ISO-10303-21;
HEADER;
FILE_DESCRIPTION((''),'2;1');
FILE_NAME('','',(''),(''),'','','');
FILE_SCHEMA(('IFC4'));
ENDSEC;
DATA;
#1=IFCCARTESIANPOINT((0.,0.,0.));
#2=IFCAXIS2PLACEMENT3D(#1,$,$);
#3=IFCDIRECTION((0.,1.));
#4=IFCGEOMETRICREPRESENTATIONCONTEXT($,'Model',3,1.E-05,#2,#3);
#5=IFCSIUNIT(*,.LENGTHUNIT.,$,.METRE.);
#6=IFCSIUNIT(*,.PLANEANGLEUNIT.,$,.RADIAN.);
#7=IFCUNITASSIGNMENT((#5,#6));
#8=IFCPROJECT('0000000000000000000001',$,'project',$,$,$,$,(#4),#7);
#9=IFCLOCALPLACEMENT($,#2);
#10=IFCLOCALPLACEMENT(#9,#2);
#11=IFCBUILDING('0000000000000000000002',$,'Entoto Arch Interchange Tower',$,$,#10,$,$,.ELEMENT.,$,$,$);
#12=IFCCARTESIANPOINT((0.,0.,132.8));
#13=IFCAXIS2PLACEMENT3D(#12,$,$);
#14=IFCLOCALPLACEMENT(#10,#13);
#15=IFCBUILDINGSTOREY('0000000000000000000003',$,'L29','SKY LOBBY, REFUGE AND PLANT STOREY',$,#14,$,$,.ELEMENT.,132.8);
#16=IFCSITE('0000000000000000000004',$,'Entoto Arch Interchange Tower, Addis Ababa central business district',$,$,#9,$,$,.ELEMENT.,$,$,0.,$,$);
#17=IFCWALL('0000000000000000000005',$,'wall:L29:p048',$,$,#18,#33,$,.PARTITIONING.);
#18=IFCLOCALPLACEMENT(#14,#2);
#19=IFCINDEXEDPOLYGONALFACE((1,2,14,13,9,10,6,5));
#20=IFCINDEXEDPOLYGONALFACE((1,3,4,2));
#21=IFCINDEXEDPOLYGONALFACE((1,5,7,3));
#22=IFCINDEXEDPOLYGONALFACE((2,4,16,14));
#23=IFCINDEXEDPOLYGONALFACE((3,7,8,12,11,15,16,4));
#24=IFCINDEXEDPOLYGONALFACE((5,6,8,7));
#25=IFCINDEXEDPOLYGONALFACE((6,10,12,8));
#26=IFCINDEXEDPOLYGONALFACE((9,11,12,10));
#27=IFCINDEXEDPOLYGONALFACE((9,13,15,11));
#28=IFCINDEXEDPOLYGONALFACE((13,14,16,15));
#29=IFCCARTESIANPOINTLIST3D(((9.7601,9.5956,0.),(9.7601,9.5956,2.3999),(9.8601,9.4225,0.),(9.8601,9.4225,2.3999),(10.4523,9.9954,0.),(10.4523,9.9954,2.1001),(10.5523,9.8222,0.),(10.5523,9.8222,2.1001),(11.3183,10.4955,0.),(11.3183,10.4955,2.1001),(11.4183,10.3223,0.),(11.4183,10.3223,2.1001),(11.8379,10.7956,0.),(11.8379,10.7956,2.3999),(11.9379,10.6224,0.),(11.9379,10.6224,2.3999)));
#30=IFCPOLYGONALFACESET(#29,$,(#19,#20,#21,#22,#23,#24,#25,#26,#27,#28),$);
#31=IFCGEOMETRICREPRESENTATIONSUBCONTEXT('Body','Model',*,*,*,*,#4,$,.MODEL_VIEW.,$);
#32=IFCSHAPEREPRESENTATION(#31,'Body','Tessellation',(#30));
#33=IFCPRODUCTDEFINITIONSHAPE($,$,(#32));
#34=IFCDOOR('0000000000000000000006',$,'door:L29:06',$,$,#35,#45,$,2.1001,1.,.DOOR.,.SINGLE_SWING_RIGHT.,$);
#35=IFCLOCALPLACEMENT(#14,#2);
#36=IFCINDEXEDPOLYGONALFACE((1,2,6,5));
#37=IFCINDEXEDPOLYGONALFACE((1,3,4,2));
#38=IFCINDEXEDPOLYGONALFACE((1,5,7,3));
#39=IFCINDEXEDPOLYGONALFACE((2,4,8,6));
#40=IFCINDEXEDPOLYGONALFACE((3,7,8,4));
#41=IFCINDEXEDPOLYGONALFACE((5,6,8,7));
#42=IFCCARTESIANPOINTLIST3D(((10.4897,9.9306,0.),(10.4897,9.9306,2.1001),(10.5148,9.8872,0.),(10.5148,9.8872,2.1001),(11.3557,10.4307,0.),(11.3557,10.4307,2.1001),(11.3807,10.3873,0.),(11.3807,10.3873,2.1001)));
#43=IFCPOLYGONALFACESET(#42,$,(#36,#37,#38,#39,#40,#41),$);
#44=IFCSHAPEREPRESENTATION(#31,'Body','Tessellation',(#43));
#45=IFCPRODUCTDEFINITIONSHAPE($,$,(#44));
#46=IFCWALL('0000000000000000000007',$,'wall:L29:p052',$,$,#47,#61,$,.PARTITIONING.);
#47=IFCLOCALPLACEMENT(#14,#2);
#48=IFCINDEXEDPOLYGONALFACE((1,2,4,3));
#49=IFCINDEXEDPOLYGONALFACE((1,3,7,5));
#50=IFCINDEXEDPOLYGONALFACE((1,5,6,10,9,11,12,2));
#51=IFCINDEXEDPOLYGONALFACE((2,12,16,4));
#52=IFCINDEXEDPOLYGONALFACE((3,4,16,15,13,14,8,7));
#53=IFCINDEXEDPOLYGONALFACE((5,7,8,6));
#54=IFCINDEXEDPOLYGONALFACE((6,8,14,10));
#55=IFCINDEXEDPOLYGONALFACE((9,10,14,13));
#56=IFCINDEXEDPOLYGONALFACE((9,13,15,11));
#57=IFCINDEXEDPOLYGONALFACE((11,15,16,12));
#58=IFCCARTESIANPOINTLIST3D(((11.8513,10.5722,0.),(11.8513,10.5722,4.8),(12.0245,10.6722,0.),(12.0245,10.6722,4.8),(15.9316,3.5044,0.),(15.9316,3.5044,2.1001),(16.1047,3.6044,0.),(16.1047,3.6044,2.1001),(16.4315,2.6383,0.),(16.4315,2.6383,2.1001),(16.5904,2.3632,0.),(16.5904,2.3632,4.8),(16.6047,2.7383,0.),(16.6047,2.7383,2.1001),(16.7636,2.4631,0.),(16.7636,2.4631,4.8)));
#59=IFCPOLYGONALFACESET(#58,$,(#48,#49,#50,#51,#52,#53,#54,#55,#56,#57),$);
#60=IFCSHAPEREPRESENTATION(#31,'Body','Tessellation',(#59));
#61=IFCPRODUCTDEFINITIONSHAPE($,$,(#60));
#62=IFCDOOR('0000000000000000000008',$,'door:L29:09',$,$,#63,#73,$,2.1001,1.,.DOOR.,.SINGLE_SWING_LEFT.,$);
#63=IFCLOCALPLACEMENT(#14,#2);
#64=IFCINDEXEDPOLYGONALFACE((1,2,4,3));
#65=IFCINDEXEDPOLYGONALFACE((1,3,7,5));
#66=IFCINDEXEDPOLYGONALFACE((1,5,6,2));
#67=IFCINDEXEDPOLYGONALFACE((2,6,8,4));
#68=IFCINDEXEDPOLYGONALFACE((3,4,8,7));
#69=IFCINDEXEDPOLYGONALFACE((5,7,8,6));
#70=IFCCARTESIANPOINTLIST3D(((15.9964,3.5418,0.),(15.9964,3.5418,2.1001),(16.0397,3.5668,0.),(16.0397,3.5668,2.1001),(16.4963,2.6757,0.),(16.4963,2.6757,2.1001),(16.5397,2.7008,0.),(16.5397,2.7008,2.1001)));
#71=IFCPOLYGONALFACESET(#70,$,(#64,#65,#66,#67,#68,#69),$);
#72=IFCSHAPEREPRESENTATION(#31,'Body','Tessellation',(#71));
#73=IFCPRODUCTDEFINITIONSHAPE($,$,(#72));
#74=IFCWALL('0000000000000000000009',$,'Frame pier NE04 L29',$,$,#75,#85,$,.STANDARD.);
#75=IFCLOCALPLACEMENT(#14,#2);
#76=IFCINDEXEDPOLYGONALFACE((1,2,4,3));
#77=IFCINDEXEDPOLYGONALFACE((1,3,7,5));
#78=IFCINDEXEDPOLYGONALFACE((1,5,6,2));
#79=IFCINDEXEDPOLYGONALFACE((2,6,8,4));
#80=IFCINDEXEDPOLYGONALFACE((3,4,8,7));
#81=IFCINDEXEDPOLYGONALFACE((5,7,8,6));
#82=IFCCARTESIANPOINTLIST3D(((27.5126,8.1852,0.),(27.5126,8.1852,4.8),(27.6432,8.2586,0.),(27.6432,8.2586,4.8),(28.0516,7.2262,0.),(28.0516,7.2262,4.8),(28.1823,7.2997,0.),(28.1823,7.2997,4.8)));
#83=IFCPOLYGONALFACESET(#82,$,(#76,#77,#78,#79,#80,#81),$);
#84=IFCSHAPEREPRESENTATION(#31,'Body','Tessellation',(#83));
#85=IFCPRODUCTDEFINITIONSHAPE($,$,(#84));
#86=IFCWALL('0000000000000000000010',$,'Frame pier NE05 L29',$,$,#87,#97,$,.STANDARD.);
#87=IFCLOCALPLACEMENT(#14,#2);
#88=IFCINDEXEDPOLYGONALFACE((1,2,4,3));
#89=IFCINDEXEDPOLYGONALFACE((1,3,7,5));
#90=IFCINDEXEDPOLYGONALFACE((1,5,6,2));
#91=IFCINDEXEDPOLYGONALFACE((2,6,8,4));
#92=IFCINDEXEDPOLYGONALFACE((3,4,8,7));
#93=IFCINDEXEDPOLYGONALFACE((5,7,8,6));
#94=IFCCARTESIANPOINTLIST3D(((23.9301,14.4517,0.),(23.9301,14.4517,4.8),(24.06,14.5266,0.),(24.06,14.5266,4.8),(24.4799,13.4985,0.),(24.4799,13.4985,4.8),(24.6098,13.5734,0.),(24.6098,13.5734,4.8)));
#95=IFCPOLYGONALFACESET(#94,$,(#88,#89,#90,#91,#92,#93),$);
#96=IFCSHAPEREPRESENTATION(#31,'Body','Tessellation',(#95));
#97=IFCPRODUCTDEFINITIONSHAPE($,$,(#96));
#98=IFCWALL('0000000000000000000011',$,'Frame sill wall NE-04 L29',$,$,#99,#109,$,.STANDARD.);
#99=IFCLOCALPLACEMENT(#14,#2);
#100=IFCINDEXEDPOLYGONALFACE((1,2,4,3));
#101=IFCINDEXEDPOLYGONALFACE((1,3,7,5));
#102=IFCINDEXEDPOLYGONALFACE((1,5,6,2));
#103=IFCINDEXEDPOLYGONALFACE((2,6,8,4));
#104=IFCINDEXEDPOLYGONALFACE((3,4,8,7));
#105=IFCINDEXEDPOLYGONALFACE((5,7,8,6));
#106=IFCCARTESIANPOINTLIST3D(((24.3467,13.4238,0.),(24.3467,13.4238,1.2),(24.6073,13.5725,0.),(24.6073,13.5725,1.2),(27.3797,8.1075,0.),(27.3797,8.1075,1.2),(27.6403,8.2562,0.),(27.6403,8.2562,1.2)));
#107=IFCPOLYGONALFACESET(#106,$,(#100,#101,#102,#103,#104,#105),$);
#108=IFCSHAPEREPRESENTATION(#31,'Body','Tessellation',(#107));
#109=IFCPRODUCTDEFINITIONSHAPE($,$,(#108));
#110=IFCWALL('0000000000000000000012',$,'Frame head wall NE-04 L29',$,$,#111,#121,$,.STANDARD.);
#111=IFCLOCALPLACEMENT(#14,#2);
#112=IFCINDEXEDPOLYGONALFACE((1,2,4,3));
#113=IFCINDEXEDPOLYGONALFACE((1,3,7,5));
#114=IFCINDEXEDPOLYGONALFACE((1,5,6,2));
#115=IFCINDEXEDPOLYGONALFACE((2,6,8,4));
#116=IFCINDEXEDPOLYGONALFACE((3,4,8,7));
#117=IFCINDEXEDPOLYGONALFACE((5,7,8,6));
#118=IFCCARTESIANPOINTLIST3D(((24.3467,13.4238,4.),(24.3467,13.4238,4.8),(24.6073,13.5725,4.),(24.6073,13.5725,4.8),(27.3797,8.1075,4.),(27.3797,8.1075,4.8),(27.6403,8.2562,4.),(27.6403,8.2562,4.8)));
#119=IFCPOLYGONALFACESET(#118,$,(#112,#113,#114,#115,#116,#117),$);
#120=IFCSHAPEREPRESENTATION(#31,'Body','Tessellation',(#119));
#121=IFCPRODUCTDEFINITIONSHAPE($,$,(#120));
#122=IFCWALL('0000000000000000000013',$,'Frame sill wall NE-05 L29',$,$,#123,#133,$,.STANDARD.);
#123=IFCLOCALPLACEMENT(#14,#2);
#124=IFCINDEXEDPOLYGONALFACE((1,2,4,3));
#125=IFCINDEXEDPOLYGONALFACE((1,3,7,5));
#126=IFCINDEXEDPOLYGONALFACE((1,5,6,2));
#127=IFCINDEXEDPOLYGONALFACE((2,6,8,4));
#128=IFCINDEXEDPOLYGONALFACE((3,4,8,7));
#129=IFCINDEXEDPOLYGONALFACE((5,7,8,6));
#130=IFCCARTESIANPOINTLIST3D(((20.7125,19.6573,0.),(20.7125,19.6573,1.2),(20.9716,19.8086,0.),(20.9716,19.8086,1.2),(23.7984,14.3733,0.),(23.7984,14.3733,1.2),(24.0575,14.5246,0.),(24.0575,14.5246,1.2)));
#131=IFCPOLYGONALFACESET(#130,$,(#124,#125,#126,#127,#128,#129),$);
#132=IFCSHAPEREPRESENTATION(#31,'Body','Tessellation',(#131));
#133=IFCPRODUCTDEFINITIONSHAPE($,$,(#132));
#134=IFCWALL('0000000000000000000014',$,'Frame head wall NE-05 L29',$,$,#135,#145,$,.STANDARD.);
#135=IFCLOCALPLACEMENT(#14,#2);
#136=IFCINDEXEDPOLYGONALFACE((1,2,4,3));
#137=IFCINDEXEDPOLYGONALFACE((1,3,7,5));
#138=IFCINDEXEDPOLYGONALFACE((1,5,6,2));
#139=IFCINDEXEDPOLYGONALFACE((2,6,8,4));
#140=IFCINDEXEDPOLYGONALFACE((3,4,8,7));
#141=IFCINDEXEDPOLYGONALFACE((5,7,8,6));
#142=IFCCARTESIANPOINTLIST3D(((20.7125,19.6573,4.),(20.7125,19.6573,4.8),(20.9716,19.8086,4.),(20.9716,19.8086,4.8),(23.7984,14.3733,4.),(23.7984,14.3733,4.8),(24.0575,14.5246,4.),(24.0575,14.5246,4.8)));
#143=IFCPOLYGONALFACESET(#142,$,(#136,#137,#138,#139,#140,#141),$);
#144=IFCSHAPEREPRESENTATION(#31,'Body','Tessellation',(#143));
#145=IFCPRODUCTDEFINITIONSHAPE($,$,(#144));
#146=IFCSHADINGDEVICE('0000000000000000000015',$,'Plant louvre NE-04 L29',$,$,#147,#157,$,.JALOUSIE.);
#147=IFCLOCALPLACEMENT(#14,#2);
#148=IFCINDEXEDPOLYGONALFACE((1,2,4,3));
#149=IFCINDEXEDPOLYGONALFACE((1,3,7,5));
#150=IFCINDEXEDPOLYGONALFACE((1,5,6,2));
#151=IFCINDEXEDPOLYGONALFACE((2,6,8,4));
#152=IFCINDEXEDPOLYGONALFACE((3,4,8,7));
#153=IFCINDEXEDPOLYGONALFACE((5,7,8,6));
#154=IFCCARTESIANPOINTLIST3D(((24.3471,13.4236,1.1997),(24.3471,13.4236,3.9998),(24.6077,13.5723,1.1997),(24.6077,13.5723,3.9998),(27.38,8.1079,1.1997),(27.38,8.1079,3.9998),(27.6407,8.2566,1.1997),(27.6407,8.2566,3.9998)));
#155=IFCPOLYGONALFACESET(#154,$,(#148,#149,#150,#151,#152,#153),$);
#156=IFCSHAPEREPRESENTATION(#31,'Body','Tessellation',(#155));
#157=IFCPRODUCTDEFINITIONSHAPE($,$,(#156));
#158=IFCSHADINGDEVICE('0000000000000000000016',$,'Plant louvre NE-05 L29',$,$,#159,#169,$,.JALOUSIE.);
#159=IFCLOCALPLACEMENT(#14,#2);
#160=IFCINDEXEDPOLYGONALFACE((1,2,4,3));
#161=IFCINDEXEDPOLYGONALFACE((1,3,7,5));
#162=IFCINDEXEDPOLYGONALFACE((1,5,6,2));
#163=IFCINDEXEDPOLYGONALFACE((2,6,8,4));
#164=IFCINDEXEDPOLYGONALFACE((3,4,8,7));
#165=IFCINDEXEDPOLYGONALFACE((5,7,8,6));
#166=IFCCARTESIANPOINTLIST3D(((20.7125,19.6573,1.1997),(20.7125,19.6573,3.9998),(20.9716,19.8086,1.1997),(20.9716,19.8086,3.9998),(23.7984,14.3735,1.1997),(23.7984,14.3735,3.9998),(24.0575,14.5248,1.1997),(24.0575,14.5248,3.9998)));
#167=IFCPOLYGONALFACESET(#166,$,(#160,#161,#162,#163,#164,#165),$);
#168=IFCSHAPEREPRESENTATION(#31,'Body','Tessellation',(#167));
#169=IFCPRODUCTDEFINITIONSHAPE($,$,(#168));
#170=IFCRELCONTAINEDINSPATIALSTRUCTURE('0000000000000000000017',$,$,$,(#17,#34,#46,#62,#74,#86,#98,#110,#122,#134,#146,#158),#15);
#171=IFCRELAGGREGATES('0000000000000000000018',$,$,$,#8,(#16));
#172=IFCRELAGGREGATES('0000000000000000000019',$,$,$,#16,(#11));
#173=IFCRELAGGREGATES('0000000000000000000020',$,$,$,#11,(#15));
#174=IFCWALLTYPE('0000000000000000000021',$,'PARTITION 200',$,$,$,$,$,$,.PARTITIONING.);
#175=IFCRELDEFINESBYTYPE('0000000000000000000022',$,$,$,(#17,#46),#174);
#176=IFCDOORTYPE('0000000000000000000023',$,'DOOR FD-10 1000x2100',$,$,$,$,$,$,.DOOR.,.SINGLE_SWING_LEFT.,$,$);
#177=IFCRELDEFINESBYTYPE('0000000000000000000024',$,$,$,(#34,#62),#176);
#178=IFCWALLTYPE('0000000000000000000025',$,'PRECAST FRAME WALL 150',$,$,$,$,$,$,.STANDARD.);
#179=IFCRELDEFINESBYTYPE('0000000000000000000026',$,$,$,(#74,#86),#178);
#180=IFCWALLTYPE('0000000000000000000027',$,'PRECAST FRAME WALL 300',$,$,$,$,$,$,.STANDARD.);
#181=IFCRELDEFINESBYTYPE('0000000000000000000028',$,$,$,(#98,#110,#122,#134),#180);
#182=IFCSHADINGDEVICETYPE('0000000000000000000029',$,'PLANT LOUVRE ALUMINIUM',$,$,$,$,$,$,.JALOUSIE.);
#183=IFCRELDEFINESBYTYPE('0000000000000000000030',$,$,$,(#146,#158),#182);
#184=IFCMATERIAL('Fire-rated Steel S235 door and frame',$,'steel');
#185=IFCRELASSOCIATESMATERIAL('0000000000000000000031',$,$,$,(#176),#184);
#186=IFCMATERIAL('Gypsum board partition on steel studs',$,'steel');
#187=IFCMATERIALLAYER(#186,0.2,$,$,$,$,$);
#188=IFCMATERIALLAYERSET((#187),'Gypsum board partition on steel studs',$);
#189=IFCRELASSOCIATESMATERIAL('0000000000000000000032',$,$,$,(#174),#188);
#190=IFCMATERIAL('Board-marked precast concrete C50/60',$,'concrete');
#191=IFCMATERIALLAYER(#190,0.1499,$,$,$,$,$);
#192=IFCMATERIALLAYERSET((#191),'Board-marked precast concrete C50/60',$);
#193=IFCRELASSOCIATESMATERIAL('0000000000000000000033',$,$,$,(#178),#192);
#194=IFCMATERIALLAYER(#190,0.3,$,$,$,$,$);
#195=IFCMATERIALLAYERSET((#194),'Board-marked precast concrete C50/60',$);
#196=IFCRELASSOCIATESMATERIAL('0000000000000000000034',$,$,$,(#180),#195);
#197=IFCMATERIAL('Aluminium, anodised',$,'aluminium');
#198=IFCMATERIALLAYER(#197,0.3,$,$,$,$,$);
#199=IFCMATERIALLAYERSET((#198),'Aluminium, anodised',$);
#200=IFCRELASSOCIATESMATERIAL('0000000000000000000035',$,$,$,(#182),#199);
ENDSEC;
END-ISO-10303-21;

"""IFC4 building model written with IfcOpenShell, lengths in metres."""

from ifc_helpers import new_model, si_unit, direction, frame, frame_2d, origin, origin_2d, place, context, subcontext, project, spatial, rectangle, extrude, material, layer, layer_set, type_object, element, fill, save


model = new_model("IFC4")

# Units and contexts
model_context = context("Model", 3, precision=1e-05, world=origin(), true_north=direction((0.0, 1.0)))
body_context = subcontext(model_context, "Body", "Model", "MODEL_VIEW")
ifc_project = project(units=[si_unit("LENGTHUNIT", "METRE"), si_unit("PLANEANGLEUNIT", "RADIAN")], contexts=[model_context])

# Site, building, storey
site_placement = place(None, origin())
site = spatial("IfcSite", under=ifc_project, at=site_placement, Name="Entoto Arch Interchange Tower, Addis Ababa central business district", CompositionType="ELEMENT", RefElevation=0.0)
building_placement = place(site_placement, origin())
building = spatial("IfcBuilding", under=site, at=building_placement, Name="Entoto Arch Interchange Tower", CompositionType="ELEMENT")
storey_placement = place(building_placement, frame((0.0, 0.0, 132.8)))
storey = spatial("IfcBuildingStorey", under=building, at=storey_placement, Name="L29", Description="SKY LOBBY, REFUGE AND PLANT STOREY", CompositionType="ELEMENT", Elevation=132.8)

# Walls, openings, doors
ifc_material_1 = material(Name="Fire-rated Steel S235 door and frame", Category="steel")
door_type = type_object("IfcDoorType", Name="DOOR FD-10 1000x2100", OperationType="SINGLE_SWING_LEFT", PredefinedType="DOOR", material=ifc_material_1)
ifc_material_2 = material(Name="Gypsum board partition on steel studs", Category="steel")
ifc_layer_1 = layer(ifc_material_2, 0.2)
ifc_layer_set_1 = layer_set([ifc_layer_1], Name="Gypsum board partition on steel studs")
wall_type_1 = type_object("IfcWallType", Name="PARTITION 200", PredefinedType="PARTITIONING", material=ifc_layer_set_1)
wall_1_placement = place(storey_placement, frame((11.8879, 10.709, 0.0), z_axis=(0.0, 0.0, 1.0), x_axis=(-0.865974, -0.500089, 0.0)))
wall_1 = element("IfcWall", 1, at=wall_1_placement, inside=storey, type_object=wall_type_1, Name="wall:L29:p048", PredefinedType="PARTITIONING", context=body_context, shape_type="SweptSolid", body=[
    extrude(rectangle(XDim=2.3994, YDim=0.2, at=frame_2d((1.1997, 0.0))), origin(), (0.0, 0.0, 1.0), 2.3999),
])
opening_1_placement = place(wall_1_placement, frame((0.6001, 0.0, 0.0)))
opening_1 = element("IfcOpeningElement", 2, at=opening_1_placement, cuts=wall_1, PredefinedType="OPENING", context=body_context, shape_type="SweptSolid", body=[
    extrude(rectangle(XDim=1.0, YDim=2.1001, at=frame_2d((0.5, 1.05))), frame((0.0, 0.1099, 0.0), z_axis=(0.0, -1.0, 0.0), x_axis=(1.0, 0.0, 0.0)), (0.0, 0.0, 1.0), 0.22),
])
door_1_placement = place(opening_1_placement, origin())
door_1 = element("IfcDoor", 3, at=door_1_placement, inside=storey, type_object=door_type, Name="door:L29:06", OperationType="SINGLE_SWING_RIGHT", OverallHeight=2.1001, OverallWidth=1.0, PredefinedType="DOOR", context=body_context, shape_type="SweptSolid", body=[
    extrude(rectangle(XDim=1.0, YDim=2.1001, at=frame_2d((0.5, 1.05))), frame((0.0, 0.0249, 0.0), z_axis=(0.0, -1.0, 0.0), x_axis=(1.0, 0.0, 0.0)), (0.0, 0.0, 1.0), 0.05),
])
fill(opening_1, door_1)
wall_2_placement = place(storey_placement, frame((11.938, 10.6221, 0.0), z_axis=(0.0, 0.0, 1.0), x_axis=(0.499965, -0.866046, 0.0)))
wall_2 = element("IfcWall", 4, at=wall_2_placement, inside=storey, type_object=wall_type_1, Name="wall:L29:p052", PredefinedType="PARTITIONING", context=body_context, shape_type="SweptSolid", body=[
    extrude(rectangle(XDim=9.4788, YDim=0.2, at=frame_2d((4.7393, 0.0))), origin(), (0.0, 0.0, 1.0), 4.8),
])
opening_2_placement = place(wall_2_placement, frame((8.1609, 0.0, 0.0)))
opening_2 = element("IfcOpeningElement", 5, at=opening_2_placement, cuts=wall_2, PredefinedType="OPENING", context=body_context, shape_type="SweptSolid", body=[
    extrude(rectangle(XDim=1.0, YDim=2.1001, at=frame_2d((0.5, 1.05))), frame((0.0, 0.1099, 0.0), z_axis=(0.0, -1.0, 0.0), x_axis=(1.0, 0.0, 0.0)), (0.0, 0.0, 1.0), 0.22),
])
door_2_placement = place(opening_2_placement, origin())
door_2 = element("IfcDoor", 6, at=door_2_placement, inside=storey, type_object=door_type, Name="door:L29:09", OperationType="SINGLE_SWING_LEFT", OverallHeight=2.1001, OverallWidth=1.0, PredefinedType="DOOR", context=body_context, shape_type="SweptSolid", body=[
    extrude(rectangle(XDim=1.0, YDim=2.1001, at=frame_2d((0.5, 1.05))), frame((0.0, 0.0249, 0.0), z_axis=(0.0, -1.0, 0.0), x_axis=(1.0, 0.0, 0.0)), (0.0, 0.0, 1.0), 0.05),
])
fill(opening_2, door_2)

# Walls
ifc_material_3 = material(Name="Board-marked precast concrete C50/60", Category="concrete")
ifc_layer_2 = layer(ifc_material_3, 0.1499)
ifc_layer_set_2 = layer_set([ifc_layer_2], Name="Board-marked precast concrete C50/60")
wall_type_2 = type_object("IfcWallType", Name="PRECAST FRAME WALL 150", PredefinedType="STANDARD", material=ifc_layer_set_2)
wall_3_placement = place(storey_placement, frame((28.1169, 7.2629, 0.0), z_axis=(0.0, 0.0, 1.0), x_axis=(-0.490008, 0.871718, 0.0)))
element("IfcWall", 7, at=wall_3_placement, inside=storey, type_object=wall_type_2, Name="Frame pier NE04 L29", PredefinedType="STANDARD", context=body_context, shape_type="SweptSolid", body=[
    extrude(rectangle(XDim=1.1001, YDim=0.1499, at=frame_2d((0.55, 0.0))), origin(), (0.0, 0.0, 1.0), 4.8),
])
wall_4_placement = place(storey_placement, frame((24.5449, 13.5359, 0.0), z_axis=(0.0, 0.0, 1.0), x_axis=(-0.499671, 0.866215, 0.0)))
element("IfcWall", 8, at=wall_4_placement, inside=storey, type_object=wall_type_2, Name="Frame pier NE05 L29", PredefinedType="STANDARD", context=body_context, shape_type="SweptSolid", body=[
    extrude(rectangle(XDim=1.1003, YDim=0.1499, at=frame_2d((0.5503, 0.0))), origin(), (0.0, 0.0, 1.0), 4.8),
])
ifc_layer_3 = layer(ifc_material_3, 0.3)
ifc_layer_set_3 = layer_set([ifc_layer_3], Name="Board-marked precast concrete C50/60")
wall_type_3 = type_object("IfcWallType", Name="PRECAST FRAME WALL 300", PredefinedType="STANDARD", material=ifc_layer_set_3)
wall_5_placement = place(storey_placement, frame((27.51, 8.1819, 0.0), z_axis=(0.0, 0.0, 1.0), x_axis=(-0.495542, 0.868584, 0.0)))
element("IfcWall", 9, at=wall_5_placement, inside=storey, type_object=wall_type_3, Name="Frame sill wall NE-04 L29", PredefinedType="STANDARD", context=body_context, shape_type="SweptSolid", body=[
    extrude(rectangle(XDim=6.1206, YDim=0.3, at=frame_2d((3.0603, 0.0))), origin(), (0.0, 0.0, 1.0), 1.2),
])
wall_6_placement = place(storey_placement, frame((27.51, 8.1819, 4.0), z_axis=(0.0, 0.0, 1.0), x_axis=(-0.495542, 0.868584, 0.0)))
element("IfcWall", 10, at=wall_6_placement, inside=storey, type_object=wall_type_3, Name="Frame head wall NE-04 L29", PredefinedType="STANDARD", context=body_context, shape_type="SweptSolid", body=[
    extrude(rectangle(XDim=6.1206, YDim=0.3, at=frame_2d((3.0603, 0.0))), origin(), (0.0, 0.0, 1.0), 0.8),
])
wall_7_placement = place(storey_placement, frame((23.928, 14.449, 0.0), z_axis=(0.0, 0.0, 1.0), x_axis=(-0.504315, 0.86352, 0.0)))
element("IfcWall", 11, at=wall_7_placement, inside=storey, type_object=wall_type_3, Name="Frame sill wall NE-05 L29", PredefinedType="STANDARD", context=body_context, shape_type="SweptSolid", body=[
    extrude(rectangle(XDim=6.1191, YDim=0.3, at=frame_2d((3.0596, 0.0))), origin(), (0.0, 0.0, 1.0), 1.2),
])
wall_8_placement = place(storey_placement, frame((23.928, 14.449, 4.0), z_axis=(0.0, 0.0, 1.0), x_axis=(-0.504315, 0.86352, 0.0)))
element("IfcWall", 12, at=wall_8_placement, inside=storey, type_object=wall_type_3, Name="Frame head wall NE-05 L29", PredefinedType="STANDARD", context=body_context, shape_type="SweptSolid", body=[
    extrude(rectangle(XDim=6.1191, YDim=0.3, at=frame_2d((3.0596, 0.0))), origin(), (0.0, 0.0, 1.0), 0.8),
])

# Shading devices
ifc_material_4 = material(Name="Aluminium, anodised", Category="aluminium")
ifc_layer_4 = layer(ifc_material_4, 0.3)
ifc_layer_set_4 = layer_set([ifc_layer_4], Name="Aluminium, anodised")
shading_device_type = type_object("IfcShadingDeviceType", Name="PLANT LOUVRE ALUMINIUM", PredefinedType="JALOUSIE", material=ifc_layer_set_4)
shading_device_1_placement = place(storey_placement, frame((25.9939, 10.8401, 1.1997), z_axis=(0.0, 0.0, 1.0), x_axis=(-0.495565, 0.868571, 0.0)))
element("IfcShadingDevice", 13, at=shading_device_1_placement, inside=storey, type_object=shading_device_type, Name="Plant louvre NE-04 L29", PredefinedType="JALOUSIE", context=body_context, shape_type="SweptSolid", body=[
    extrude(rectangle(XDim=6.1201, YDim=0.3, at=origin_2d()), origin(), (0.0, 0.0, 1.0), 2.8),
])
shading_device_2_placement = place(storey_placement, frame((22.385, 17.0911, 1.1997), z_axis=(0.0, 0.0, 1.0), x_axis=(-0.504317, 0.863519, 0.0)))
element("IfcShadingDevice", 14, at=shading_device_2_placement, inside=storey, type_object=shading_device_type, Name="Plant louvre NE-05 L29", PredefinedType="JALOUSIE", context=body_context, shape_type="SweptSolid", body=[
    extrude(rectangle(XDim=6.1189, YDim=0.3, at=origin_2d()), origin(), (0.0, 0.0, 1.0), 2.8),
])

save(model, "model.ifc")
